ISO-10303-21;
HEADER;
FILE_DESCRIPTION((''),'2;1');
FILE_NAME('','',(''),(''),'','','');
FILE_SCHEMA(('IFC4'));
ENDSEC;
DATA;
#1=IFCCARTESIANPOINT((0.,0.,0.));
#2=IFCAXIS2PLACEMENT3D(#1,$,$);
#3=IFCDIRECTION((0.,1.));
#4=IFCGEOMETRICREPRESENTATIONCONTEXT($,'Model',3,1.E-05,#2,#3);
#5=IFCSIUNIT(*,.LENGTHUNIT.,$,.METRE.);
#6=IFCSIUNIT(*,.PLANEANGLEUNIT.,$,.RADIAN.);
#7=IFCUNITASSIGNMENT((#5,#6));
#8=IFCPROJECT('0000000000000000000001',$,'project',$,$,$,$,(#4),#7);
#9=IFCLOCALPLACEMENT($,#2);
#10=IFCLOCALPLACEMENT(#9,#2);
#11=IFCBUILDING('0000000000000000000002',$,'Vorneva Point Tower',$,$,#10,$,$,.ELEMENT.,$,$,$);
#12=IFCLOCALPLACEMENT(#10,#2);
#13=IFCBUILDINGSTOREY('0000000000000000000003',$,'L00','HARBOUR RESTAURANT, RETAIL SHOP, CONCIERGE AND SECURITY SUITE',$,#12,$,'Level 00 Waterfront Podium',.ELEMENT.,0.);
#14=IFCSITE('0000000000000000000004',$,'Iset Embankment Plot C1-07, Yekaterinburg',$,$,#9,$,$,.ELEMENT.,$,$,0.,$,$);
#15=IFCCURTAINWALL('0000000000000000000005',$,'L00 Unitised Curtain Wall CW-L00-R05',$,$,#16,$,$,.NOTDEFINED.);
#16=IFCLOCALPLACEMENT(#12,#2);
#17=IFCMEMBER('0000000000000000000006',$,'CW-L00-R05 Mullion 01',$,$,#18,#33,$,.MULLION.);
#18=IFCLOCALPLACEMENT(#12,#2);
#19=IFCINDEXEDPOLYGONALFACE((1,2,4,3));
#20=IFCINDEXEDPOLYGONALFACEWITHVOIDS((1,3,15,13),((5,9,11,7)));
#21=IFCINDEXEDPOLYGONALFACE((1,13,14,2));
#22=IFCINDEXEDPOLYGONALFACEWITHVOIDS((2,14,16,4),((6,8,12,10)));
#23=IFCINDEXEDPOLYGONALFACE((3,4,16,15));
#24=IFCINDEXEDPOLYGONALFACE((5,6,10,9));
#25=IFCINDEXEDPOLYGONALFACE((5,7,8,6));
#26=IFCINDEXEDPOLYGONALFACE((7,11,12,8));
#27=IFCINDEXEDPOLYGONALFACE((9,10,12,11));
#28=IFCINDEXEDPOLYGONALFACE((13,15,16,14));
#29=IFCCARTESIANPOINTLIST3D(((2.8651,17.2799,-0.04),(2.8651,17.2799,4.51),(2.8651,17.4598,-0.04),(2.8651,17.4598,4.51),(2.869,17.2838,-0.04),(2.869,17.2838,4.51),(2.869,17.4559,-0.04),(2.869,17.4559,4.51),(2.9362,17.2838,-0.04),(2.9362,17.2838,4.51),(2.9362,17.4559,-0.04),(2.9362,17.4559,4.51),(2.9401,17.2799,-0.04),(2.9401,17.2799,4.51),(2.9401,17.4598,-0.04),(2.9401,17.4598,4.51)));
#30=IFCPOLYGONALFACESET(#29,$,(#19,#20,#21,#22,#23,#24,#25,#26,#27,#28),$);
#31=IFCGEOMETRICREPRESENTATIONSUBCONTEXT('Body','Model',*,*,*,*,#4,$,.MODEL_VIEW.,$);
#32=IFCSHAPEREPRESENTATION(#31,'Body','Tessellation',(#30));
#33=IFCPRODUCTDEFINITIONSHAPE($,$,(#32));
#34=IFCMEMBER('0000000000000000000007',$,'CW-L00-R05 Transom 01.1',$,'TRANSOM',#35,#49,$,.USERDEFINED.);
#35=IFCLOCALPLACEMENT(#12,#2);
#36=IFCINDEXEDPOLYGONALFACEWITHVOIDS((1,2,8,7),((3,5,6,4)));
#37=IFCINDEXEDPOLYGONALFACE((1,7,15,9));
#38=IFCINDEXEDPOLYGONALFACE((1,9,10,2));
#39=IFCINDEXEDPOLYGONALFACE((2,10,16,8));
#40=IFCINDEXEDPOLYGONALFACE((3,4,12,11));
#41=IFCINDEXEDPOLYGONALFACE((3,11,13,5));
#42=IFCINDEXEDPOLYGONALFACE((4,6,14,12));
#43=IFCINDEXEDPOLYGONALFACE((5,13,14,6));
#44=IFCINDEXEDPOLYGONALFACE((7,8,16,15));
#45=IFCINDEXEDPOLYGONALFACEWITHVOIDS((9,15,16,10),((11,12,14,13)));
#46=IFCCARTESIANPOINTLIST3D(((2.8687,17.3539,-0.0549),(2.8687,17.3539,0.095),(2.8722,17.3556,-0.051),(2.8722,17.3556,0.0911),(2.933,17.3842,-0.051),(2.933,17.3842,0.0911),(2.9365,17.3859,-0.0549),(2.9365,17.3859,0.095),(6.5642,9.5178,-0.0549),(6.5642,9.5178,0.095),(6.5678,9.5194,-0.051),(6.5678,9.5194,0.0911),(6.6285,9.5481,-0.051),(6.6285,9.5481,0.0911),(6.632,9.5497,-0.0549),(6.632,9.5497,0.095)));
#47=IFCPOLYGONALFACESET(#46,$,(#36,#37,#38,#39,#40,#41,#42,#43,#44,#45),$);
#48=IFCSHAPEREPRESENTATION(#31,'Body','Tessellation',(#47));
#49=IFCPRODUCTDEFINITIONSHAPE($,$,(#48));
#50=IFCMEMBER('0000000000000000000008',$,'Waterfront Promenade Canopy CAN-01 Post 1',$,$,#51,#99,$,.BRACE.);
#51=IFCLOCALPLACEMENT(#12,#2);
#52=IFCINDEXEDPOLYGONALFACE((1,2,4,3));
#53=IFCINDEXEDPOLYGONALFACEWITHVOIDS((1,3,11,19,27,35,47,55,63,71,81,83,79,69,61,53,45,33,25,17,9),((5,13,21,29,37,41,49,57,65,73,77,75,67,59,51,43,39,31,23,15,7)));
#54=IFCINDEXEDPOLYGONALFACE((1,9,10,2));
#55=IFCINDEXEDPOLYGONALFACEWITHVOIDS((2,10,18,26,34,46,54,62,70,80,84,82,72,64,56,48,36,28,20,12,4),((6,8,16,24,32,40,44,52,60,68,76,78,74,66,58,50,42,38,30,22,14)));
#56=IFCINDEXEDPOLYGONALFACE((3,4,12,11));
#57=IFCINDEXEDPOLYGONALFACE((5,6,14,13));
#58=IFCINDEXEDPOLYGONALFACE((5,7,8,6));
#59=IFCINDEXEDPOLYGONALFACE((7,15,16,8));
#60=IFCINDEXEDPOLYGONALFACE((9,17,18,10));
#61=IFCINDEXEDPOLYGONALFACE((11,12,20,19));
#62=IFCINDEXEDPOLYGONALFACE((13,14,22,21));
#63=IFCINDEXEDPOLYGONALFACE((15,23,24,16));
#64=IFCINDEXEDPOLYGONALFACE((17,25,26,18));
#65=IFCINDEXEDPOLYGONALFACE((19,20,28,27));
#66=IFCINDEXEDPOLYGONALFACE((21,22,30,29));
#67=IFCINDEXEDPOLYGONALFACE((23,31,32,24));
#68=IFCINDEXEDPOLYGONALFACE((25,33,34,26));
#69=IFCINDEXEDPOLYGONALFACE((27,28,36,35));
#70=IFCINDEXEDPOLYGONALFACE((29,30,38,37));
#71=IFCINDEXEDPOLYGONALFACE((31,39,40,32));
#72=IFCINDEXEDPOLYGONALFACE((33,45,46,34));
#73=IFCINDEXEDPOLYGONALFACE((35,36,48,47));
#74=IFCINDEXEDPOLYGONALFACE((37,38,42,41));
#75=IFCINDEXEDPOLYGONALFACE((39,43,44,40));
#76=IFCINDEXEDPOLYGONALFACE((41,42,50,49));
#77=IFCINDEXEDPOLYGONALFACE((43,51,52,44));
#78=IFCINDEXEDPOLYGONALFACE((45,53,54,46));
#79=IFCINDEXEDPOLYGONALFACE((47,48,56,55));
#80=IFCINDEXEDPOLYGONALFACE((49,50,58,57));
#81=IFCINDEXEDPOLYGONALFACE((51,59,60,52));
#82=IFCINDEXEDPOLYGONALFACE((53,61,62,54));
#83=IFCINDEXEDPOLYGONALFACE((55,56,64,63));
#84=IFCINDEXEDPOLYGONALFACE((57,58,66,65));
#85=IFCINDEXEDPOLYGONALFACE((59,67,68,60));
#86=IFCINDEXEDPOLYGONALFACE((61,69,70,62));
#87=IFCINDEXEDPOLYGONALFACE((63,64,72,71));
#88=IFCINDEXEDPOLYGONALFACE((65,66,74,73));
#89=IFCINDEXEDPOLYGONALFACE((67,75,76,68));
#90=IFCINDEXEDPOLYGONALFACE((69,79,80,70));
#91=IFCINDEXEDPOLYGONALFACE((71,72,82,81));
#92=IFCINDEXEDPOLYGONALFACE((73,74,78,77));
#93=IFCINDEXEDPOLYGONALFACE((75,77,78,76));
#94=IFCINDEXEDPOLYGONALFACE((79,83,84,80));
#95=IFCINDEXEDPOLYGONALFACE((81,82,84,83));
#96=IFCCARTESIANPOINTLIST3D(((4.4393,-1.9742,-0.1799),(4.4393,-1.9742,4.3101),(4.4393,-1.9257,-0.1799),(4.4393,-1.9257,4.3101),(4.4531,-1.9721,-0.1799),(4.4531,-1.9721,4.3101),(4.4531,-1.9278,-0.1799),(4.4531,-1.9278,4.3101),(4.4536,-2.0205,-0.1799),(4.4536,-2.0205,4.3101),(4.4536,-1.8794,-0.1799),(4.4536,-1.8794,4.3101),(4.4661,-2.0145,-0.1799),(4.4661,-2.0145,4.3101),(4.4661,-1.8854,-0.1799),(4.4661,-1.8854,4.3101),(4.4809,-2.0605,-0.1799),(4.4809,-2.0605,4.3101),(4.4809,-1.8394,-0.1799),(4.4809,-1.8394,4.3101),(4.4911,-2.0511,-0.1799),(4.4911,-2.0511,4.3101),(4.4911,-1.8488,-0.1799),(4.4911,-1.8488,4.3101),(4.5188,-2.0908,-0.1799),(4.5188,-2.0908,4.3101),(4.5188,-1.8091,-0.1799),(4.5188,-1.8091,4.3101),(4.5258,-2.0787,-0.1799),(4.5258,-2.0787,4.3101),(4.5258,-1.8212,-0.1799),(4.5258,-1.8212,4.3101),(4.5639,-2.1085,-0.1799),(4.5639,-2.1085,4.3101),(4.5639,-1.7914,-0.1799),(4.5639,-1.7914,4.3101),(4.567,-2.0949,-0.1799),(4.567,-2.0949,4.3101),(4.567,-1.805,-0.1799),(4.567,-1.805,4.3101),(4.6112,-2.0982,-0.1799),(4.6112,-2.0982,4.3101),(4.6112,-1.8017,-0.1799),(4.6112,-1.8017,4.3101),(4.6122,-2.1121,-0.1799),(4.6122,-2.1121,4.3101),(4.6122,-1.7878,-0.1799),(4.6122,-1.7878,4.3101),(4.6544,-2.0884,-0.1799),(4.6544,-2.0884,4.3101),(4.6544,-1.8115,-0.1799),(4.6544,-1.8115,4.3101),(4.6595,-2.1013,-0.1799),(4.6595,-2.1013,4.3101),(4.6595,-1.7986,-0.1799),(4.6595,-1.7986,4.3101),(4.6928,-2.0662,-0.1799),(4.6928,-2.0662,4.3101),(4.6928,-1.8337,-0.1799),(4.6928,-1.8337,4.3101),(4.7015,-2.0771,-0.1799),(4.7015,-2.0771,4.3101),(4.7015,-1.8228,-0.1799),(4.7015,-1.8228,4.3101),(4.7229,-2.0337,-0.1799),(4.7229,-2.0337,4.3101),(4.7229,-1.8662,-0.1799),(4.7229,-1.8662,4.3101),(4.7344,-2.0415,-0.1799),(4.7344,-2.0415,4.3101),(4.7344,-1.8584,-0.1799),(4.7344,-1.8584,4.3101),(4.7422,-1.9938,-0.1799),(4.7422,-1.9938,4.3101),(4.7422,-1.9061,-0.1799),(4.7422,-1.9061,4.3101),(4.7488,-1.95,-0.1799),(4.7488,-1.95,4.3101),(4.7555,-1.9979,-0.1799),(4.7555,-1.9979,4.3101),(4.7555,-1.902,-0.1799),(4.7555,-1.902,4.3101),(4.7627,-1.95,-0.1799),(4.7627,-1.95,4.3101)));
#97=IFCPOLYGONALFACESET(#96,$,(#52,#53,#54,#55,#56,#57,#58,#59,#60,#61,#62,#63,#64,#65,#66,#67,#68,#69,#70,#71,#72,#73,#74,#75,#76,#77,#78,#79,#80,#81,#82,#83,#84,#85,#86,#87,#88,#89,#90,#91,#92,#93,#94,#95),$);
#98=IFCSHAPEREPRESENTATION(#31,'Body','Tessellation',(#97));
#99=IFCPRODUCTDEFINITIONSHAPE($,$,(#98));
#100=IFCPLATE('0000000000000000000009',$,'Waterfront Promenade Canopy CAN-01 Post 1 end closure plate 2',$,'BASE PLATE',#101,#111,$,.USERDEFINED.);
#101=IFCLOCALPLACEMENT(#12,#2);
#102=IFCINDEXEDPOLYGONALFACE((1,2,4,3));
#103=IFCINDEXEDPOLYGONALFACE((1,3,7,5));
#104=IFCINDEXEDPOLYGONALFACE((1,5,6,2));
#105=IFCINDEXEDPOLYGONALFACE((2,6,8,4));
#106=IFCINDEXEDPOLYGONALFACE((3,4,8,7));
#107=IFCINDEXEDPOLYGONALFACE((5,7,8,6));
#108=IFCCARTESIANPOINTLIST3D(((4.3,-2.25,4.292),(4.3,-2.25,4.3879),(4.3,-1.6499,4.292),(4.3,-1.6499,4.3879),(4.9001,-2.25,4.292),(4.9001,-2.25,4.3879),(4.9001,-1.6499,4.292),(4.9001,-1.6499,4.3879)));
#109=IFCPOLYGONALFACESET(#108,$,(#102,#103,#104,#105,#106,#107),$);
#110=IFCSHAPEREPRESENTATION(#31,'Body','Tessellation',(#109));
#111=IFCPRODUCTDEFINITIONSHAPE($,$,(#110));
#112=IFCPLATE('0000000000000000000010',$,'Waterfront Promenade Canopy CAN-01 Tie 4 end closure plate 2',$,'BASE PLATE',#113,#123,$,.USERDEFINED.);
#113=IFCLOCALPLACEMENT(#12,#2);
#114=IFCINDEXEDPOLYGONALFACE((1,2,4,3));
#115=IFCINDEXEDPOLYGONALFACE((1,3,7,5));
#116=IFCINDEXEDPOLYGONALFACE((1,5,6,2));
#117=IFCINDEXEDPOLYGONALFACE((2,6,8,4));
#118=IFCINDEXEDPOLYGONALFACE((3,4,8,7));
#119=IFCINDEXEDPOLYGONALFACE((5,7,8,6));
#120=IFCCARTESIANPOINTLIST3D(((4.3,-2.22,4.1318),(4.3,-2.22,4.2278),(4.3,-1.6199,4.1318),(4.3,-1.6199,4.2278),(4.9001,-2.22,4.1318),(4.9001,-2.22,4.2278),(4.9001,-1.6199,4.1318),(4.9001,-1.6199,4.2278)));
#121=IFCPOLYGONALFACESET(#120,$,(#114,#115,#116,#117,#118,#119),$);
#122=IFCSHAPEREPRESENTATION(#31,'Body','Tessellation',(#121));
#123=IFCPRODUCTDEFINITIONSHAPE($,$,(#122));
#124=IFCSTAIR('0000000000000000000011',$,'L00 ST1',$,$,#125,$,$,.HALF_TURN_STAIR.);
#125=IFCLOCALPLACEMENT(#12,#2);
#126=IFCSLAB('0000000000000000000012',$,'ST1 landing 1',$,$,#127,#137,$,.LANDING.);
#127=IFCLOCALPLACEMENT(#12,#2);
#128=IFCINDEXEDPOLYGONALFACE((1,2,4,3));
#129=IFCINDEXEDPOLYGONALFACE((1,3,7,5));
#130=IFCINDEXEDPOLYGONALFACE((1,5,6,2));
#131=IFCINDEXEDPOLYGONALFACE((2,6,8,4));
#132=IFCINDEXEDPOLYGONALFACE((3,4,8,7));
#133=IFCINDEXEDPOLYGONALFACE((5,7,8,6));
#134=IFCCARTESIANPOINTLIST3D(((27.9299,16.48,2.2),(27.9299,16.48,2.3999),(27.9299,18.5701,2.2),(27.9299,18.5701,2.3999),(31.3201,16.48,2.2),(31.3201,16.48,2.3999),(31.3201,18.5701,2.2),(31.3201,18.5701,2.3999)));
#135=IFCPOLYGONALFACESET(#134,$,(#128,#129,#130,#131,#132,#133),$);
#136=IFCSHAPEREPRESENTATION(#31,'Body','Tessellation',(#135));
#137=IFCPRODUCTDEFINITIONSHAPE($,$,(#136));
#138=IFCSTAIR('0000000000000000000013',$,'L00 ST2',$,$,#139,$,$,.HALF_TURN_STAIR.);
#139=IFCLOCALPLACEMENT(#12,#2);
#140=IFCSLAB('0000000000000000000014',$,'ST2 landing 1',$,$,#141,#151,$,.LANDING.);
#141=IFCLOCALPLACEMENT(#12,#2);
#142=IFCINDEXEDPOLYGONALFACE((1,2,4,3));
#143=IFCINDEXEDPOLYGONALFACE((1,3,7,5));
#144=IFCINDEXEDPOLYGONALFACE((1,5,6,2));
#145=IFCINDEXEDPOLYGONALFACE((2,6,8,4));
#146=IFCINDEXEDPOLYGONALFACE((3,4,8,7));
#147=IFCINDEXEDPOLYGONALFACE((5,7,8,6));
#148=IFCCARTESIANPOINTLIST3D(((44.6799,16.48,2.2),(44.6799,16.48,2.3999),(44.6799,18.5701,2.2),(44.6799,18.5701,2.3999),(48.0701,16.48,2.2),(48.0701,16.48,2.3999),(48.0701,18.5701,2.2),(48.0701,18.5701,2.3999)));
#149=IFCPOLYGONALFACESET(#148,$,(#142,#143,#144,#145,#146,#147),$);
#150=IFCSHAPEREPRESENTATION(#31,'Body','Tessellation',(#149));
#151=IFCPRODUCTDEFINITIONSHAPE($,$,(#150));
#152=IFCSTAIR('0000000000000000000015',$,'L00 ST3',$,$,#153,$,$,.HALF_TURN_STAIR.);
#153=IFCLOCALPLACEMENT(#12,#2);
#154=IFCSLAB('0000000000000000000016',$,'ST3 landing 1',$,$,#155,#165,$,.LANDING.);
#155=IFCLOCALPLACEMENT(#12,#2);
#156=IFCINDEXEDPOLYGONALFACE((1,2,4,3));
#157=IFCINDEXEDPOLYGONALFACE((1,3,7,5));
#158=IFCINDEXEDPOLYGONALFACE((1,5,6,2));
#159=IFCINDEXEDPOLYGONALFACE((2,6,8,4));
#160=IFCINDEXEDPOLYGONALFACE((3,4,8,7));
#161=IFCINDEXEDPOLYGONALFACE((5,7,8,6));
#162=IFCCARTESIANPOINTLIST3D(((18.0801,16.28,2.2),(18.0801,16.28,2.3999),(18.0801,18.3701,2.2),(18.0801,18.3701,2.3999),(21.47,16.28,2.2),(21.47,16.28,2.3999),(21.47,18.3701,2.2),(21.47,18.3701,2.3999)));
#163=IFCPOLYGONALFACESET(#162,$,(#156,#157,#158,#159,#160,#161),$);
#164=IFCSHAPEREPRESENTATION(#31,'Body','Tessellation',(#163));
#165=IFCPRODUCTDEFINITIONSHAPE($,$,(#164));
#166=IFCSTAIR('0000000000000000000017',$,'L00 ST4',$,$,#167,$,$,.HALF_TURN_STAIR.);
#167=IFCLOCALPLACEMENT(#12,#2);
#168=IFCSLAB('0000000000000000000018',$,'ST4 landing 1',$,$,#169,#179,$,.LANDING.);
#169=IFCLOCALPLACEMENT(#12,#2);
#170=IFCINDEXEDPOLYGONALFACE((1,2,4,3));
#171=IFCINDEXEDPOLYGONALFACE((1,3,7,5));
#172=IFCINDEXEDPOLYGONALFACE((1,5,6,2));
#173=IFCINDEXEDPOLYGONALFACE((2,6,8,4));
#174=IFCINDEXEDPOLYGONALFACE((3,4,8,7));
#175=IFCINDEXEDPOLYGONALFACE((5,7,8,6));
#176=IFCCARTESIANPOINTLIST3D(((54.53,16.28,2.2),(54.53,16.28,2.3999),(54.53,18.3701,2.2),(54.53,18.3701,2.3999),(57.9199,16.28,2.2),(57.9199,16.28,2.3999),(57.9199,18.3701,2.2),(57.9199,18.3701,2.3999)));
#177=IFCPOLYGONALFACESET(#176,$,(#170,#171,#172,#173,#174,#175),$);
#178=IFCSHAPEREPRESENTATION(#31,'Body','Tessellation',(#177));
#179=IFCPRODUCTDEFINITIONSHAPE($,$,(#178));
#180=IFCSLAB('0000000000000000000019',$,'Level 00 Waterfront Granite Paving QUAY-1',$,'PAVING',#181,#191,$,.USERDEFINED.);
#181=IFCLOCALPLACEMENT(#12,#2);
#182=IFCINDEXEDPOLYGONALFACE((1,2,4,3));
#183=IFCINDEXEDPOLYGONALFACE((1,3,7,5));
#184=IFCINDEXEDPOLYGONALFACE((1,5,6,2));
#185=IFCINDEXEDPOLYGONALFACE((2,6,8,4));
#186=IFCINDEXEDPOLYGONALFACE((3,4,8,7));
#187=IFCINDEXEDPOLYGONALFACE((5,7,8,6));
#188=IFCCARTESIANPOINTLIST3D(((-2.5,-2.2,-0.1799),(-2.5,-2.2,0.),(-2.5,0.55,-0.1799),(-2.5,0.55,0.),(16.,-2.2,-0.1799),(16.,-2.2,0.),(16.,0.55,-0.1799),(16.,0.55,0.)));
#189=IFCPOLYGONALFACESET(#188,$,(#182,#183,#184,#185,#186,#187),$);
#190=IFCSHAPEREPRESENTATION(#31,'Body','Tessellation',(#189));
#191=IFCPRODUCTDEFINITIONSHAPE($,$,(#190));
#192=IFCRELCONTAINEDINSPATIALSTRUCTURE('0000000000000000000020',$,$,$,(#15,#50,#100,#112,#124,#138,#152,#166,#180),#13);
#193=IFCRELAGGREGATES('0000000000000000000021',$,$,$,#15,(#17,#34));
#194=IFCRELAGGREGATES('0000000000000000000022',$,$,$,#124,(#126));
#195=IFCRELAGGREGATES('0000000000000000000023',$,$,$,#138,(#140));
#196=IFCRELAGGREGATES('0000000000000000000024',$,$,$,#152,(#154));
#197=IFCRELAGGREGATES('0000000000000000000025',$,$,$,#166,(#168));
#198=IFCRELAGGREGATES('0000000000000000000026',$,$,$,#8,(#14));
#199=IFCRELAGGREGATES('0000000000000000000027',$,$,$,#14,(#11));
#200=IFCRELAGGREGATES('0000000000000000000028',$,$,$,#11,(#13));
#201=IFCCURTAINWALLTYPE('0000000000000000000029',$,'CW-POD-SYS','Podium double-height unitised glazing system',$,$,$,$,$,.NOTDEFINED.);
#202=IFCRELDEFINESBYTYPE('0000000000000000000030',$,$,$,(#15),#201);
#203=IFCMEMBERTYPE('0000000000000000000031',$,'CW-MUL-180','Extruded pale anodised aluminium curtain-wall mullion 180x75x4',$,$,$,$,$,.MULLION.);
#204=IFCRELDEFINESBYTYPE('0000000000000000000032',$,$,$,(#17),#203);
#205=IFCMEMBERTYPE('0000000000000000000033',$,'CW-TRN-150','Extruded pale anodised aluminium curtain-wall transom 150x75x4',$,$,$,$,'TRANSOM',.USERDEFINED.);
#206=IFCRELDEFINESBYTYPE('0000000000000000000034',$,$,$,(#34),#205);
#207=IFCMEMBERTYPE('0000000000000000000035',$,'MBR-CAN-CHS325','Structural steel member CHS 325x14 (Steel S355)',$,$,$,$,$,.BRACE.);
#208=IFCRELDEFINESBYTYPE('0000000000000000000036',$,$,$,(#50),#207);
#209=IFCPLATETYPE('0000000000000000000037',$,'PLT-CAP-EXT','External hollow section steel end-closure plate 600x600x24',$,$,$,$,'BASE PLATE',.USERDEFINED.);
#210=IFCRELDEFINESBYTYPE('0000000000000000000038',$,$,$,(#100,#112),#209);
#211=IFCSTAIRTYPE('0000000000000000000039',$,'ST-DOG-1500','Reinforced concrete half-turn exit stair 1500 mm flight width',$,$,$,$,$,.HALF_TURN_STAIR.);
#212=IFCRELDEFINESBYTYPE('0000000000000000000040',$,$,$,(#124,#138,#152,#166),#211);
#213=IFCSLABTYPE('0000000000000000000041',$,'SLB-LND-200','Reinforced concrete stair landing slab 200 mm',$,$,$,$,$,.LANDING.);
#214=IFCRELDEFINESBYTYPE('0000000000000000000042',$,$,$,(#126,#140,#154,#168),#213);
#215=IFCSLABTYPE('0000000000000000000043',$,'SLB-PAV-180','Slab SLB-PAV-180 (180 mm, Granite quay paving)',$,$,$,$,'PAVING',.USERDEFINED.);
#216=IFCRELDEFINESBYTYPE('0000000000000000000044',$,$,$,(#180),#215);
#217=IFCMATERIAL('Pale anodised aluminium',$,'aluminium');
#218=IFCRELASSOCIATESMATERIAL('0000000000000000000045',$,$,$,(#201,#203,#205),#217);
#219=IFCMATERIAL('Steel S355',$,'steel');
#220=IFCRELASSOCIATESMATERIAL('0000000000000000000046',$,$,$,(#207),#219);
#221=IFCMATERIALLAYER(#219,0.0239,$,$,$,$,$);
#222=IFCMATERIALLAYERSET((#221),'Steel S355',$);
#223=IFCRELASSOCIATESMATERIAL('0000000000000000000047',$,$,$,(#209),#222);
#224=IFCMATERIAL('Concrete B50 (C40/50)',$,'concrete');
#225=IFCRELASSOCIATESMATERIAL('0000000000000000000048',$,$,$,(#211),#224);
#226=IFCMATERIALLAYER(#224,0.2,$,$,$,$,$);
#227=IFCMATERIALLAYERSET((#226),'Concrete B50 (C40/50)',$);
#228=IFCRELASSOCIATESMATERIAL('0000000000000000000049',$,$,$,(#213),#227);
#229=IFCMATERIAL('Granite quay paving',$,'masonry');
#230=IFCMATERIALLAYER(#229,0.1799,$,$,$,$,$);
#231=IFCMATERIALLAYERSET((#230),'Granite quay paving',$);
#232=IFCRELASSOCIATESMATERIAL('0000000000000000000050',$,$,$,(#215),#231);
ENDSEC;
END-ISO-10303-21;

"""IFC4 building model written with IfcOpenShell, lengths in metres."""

from ifc_helpers import new_model, si_unit, direction, frame, origin, origin_2d, place, context, subcontext, project, spatial, polyline, rectangle, hollow_rectangle, hollow_circle, outline, extrude, material, layer, layer_set, material_profile, profile_set, type_object, element, aggregate, save


model = new_model("IFC4")

# Units and contexts
model_context = context("Model", 3, precision=1e-05, world=origin(), true_north=direction((0.0, 1.0)))
body_context = subcontext(model_context, "Body", "Model", "MODEL_VIEW")
ifc_project = project(units=[si_unit("LENGTHUNIT", "METRE"), si_unit("PLANEANGLEUNIT", "RADIAN")], contexts=[model_context])

# Site, building, storey
site_placement = place(None, origin())
site = spatial("IfcSite", under=ifc_project, at=site_placement, Name="Iset Embankment Plot C1-07, Yekaterinburg", CompositionType="ELEMENT", RefElevation=0.0)
building_placement = place(site_placement, origin())
building = spatial("IfcBuilding", under=site, at=building_placement, Name="Vorneva Point Tower", CompositionType="ELEMENT")
storey_placement = place(building_placement, origin())
storey = spatial("IfcBuildingStorey", under=building, at=storey_placement, Name="L00", Description="HARBOUR RESTAURANT, RETAIL SHOP, CONCIERGE AND SECURITY SUITE", LongName="Level 00 Waterfront Podium", CompositionType="ELEMENT", Elevation=0.0)

# Curtain wall, members
ifc_material_1 = material(Name="Pale anodised aluminium", Category="aluminium")
curtain_wall_type = type_object("IfcCurtainWallType", Name="CW-POD-SYS", Description="Podium double-height unitised glazing system", PredefinedType="NOTDEFINED", material=ifc_material_1)
curtain_wall_placement = place(storey_placement, origin())
curtain_wall = element("IfcCurtainWall", 1, at=curtain_wall_placement, inside=storey, type_object=curtain_wall_type, Name="L00 Unitised Curtain Wall CW-L00-R05", PredefinedType="NOTDEFINED")
ifc_material_profile_1 = material_profile(ifc_material_1, hollow_rectangle(XDim=0.075, YDim=0.1799, WallThickness=0.0039, at=origin_2d()), Name="AL-MUL 180x75x4")
ifc_profile_set_1 = profile_set([ifc_material_profile_1], Name="Pale anodised aluminium")
member_type_1 = type_object("IfcMemberType", Name="CW-MUL-180", Description="Extruded pale anodised aluminium curtain-wall mullion 180x75x4", PredefinedType="MULLION", material=ifc_profile_set_1)
member_1_placement = place(storey_placement, frame((2.9026, 17.3699, -0.04), z_axis=(0.0, 0.0, 1.0), x_axis=(1.0, 0.0, 0.0)))
member_1 = element("IfcMember", 2, at=member_1_placement, type_object=member_type_1, Name="CW-L00-R05 Mullion 01", PredefinedType="MULLION", context=body_context, shape_type="SweptSolid", body=[
    extrude(hollow_rectangle(XDim=0.075, YDim=0.1799, WallThickness=0.0039, at=origin_2d()), origin(), (0.0, 0.0, 1.0), 4.55),
])
ifc_material_profile_2 = material_profile(ifc_material_1, hollow_rectangle(XDim=0.075, YDim=0.1499, WallThickness=0.0039, at=origin_2d()), Name="AL-TRN 150x75x4")
ifc_profile_set_2 = profile_set([ifc_material_profile_2], Name="Pale anodised aluminium")
member_type_2 = type_object("IfcMemberType", Name="CW-TRN-150", Description="Extruded pale anodised aluminium curtain-wall transom 150x75x4", ElementType="TRANSOM", PredefinedType="USERDEFINED", material=ifc_profile_set_2)
member_2_placement = place(storey_placement, frame((2.9026, 17.3699, 0.02), z_axis=(0.426547, -0.904465, 0.0), x_axis=(0.904465, 0.426547, 0.0)))
member_2 = element("IfcMember", 3, at=member_2_placement, type_object=member_type_2, Name="CW-L00-R05 Transom 01.1", ObjectType="TRANSOM", PredefinedType="USERDEFINED", context=body_context, shape_type="SweptSolid", body=[
    extrude(hollow_rectangle(XDim=0.075, YDim=0.1499, WallThickness=0.0039, at=origin_2d()), origin(), (0.0, 0.0, 1.0), 8.6638),
])
aggregate(curtain_wall, [member_1, member_2])

# Member
ifc_material_2 = material(Name="Steel S355", Category="steel")
ifc_material_profile_3 = material_profile(ifc_material_2, hollow_circle(Radius=0.1626, WallThickness=0.0139, at=origin_2d()), Name="CHS 325x14")
ifc_profile_set_3 = profile_set([ifc_material_profile_3], Name="Steel S355")
member_type_3 = type_object("IfcMemberType", Name="MBR-CAN-CHS325", Description="Structural steel member CHS 325x14 (Steel S355)", PredefinedType="BRACE", material=ifc_profile_set_3)
member_3_placement = place(storey_placement, frame((4.6001, -1.95, -0.1799), z_axis=(0.0, 0.0, 1.0), x_axis=(1.0, 0.0, 0.0)))
element("IfcMember", 4, at=member_3_placement, inside=storey, type_object=member_type_3, Name="Waterfront Promenade Canopy CAN-01 Post 1", PredefinedType="BRACE", context=body_context, shape_type="SweptSolid", body=[
    extrude(hollow_circle(Radius=0.1626, WallThickness=0.0139, at=origin_2d()), origin(), (0.0, 0.0, 1.0), 4.49),
])

# Plates
ifc_layer_1 = layer(ifc_material_2, 0.0239)
ifc_layer_set_1 = layer_set([ifc_layer_1], Name="Steel S355")
plate_type = type_object("IfcPlateType", Name="PLT-CAP-EXT", Description="External hollow section steel end-closure plate 600x600x24", ElementType="BASE PLATE", PredefinedType="USERDEFINED", material=ifc_layer_set_1)
for number, where, z_axis, x_axis, name in (
    (5, (4.6001, -1.95, 4.292), (0.0, 0.0, 1.0), (1.0, 0.0, 0.0), "Waterfront Promenade Canopy CAN-01 Post 1 end closure plate 2"),
    (6, (4.6001, -1.9199, 4.1318), (0.0, 0.0, 1.0), (0.0, -1.0, 0.0), "Waterfront Promenade Canopy CAN-01 Tie 4 end closure plate 2"),
):
    element("IfcPlate", number, at=place(storey_placement, frame(where, z_axis=z_axis, x_axis=x_axis)), inside=storey, type_object=plate_type, Name=name, ObjectType="BASE PLATE", PredefinedType="USERDEFINED", context=body_context, shape_type="SweptSolid", body=[
        extrude(rectangle(XDim=0.6001, YDim=0.6001, at=origin_2d()), origin(), (0.0, 0.0, 1.0), 0.0959),
    ])

# Stairs, slabs
ifc_material_3 = material(Name="Concrete B50 (C40/50)", Category="concrete")
stair_type = type_object("IfcStairType", Name="ST-DOG-1500", Description="Reinforced concrete half-turn exit stair 1500 mm flight width", PredefinedType="HALF_TURN_STAIR", material=ifc_material_3)
stair_1_placement = place(storey_placement, origin())
stair_1 = element("IfcStair", 7, at=stair_1_placement, inside=storey, type_object=stair_type, Name="L00 ST1", PredefinedType="HALF_TURN_STAIR")
ifc_layer_2 = layer(ifc_material_3, 0.2)
ifc_layer_set_2 = layer_set([ifc_layer_2], Name="Concrete B50 (C40/50)")
slab_type_1 = type_object("IfcSlabType", Name="SLB-LND-200", Description="Reinforced concrete stair landing slab 200 mm", PredefinedType="LANDING", material=ifc_layer_set_2)
slab_1_placement = place(storey_placement, frame((0.0, 0.0, 2.2)))
slab_1 = element("IfcSlab", 8, at=slab_1_placement, type_object=slab_type_1, Name="ST1 landing 1", PredefinedType="LANDING", context=body_context, shape_type="SweptSolid", body=[
    extrude(outline(polyline([(27.9299, 16.48), (31.3201, 16.48), (31.3201, 18.5701), (27.9299, 18.5701), (27.9299, 16.48)])), origin(), (0.0, 0.0, 1.0), 0.2),
])
aggregate(stair_1, [slab_1])
stair_2_placement = place(storey_placement, origin())
stair_2 = element("IfcStair", 9, at=stair_2_placement, inside=storey, type_object=stair_type, Name="L00 ST2", PredefinedType="HALF_TURN_STAIR")
slab_2_placement = place(storey_placement, frame((0.0, 0.0, 2.2)))
slab_2 = element("IfcSlab", 10, at=slab_2_placement, type_object=slab_type_1, Name="ST2 landing 1", PredefinedType="LANDING", context=body_context, shape_type="SweptSolid", body=[
    extrude(outline(polyline([(44.6799, 16.48), (48.0701, 16.48), (48.0701, 18.5701), (44.6799, 18.5701), (44.6799, 16.48)])), origin(), (0.0, 0.0, 1.0), 0.2),
])
aggregate(stair_2, [slab_2])
stair_3_placement = place(storey_placement, origin())
stair_3 = element("IfcStair", 11, at=stair_3_placement, inside=storey, type_object=stair_type, Name="L00 ST3", PredefinedType="HALF_TURN_STAIR")
slab_3_placement = place(storey_placement, frame((0.0, 0.0, 2.2)))
slab_3 = element("IfcSlab", 12, at=slab_3_placement, type_object=slab_type_1, Name="ST3 landing 1", PredefinedType="LANDING", context=body_context, shape_type="SweptSolid", body=[
    extrude(outline(polyline([(18.0801, 16.28), (21.47, 16.28), (21.47, 18.3701), (18.0801, 18.3701), (18.0801, 16.28)])), origin(), (0.0, 0.0, 1.0), 0.2),
])
aggregate(stair_3, [slab_3])
stair_4_placement = place(storey_placement, origin())
stair_4 = element("IfcStair", 13, at=stair_4_placement, inside=storey, type_object=stair_type, Name="L00 ST4", PredefinedType="HALF_TURN_STAIR")
slab_4_placement = place(storey_placement, frame((0.0, 0.0, 2.2)))
slab_4 = element("IfcSlab", 14, at=slab_4_placement, type_object=slab_type_1, Name="ST4 landing 1", PredefinedType="LANDING", context=body_context, shape_type="SweptSolid", body=[
    extrude(outline(polyline([(54.53, 16.28), (57.9199, 16.28), (57.9199, 18.3701), (54.53, 18.3701), (54.53, 16.28)])), origin(), (0.0, 0.0, 1.0), 0.2),
])
aggregate(stair_4, [slab_4])

# Slab
ifc_material_4 = material(Name="Granite quay paving", Category="masonry")
ifc_layer_3 = layer(ifc_material_4, 0.1799)
ifc_layer_set_3 = layer_set([ifc_layer_3], Name="Granite quay paving")
slab_type_2 = type_object("IfcSlabType", Name="SLB-PAV-180", Description="Slab SLB-PAV-180 (180 mm, Granite quay paving)", ElementType="PAVING", PredefinedType="USERDEFINED", material=ifc_layer_set_3)
slab_5_placement = place(storey_placement, frame((0.0, 0.0, -0.1799)))
element("IfcSlab", 15, at=slab_5_placement, inside=storey, type_object=slab_type_2, Name="Level 00 Waterfront Granite Paving QUAY-1", ObjectType="PAVING", PredefinedType="USERDEFINED", context=body_context, shape_type="SweptSolid", body=[
    extrude(outline(polyline([(16.0, -2.2), (16.0, 0.55), (-2.5, 0.55), (-2.5, -2.2), (16.0, -2.2)])), origin(), (0.0, 0.0, 1.0), 0.1799),
])

save(model, "model.ifc")
